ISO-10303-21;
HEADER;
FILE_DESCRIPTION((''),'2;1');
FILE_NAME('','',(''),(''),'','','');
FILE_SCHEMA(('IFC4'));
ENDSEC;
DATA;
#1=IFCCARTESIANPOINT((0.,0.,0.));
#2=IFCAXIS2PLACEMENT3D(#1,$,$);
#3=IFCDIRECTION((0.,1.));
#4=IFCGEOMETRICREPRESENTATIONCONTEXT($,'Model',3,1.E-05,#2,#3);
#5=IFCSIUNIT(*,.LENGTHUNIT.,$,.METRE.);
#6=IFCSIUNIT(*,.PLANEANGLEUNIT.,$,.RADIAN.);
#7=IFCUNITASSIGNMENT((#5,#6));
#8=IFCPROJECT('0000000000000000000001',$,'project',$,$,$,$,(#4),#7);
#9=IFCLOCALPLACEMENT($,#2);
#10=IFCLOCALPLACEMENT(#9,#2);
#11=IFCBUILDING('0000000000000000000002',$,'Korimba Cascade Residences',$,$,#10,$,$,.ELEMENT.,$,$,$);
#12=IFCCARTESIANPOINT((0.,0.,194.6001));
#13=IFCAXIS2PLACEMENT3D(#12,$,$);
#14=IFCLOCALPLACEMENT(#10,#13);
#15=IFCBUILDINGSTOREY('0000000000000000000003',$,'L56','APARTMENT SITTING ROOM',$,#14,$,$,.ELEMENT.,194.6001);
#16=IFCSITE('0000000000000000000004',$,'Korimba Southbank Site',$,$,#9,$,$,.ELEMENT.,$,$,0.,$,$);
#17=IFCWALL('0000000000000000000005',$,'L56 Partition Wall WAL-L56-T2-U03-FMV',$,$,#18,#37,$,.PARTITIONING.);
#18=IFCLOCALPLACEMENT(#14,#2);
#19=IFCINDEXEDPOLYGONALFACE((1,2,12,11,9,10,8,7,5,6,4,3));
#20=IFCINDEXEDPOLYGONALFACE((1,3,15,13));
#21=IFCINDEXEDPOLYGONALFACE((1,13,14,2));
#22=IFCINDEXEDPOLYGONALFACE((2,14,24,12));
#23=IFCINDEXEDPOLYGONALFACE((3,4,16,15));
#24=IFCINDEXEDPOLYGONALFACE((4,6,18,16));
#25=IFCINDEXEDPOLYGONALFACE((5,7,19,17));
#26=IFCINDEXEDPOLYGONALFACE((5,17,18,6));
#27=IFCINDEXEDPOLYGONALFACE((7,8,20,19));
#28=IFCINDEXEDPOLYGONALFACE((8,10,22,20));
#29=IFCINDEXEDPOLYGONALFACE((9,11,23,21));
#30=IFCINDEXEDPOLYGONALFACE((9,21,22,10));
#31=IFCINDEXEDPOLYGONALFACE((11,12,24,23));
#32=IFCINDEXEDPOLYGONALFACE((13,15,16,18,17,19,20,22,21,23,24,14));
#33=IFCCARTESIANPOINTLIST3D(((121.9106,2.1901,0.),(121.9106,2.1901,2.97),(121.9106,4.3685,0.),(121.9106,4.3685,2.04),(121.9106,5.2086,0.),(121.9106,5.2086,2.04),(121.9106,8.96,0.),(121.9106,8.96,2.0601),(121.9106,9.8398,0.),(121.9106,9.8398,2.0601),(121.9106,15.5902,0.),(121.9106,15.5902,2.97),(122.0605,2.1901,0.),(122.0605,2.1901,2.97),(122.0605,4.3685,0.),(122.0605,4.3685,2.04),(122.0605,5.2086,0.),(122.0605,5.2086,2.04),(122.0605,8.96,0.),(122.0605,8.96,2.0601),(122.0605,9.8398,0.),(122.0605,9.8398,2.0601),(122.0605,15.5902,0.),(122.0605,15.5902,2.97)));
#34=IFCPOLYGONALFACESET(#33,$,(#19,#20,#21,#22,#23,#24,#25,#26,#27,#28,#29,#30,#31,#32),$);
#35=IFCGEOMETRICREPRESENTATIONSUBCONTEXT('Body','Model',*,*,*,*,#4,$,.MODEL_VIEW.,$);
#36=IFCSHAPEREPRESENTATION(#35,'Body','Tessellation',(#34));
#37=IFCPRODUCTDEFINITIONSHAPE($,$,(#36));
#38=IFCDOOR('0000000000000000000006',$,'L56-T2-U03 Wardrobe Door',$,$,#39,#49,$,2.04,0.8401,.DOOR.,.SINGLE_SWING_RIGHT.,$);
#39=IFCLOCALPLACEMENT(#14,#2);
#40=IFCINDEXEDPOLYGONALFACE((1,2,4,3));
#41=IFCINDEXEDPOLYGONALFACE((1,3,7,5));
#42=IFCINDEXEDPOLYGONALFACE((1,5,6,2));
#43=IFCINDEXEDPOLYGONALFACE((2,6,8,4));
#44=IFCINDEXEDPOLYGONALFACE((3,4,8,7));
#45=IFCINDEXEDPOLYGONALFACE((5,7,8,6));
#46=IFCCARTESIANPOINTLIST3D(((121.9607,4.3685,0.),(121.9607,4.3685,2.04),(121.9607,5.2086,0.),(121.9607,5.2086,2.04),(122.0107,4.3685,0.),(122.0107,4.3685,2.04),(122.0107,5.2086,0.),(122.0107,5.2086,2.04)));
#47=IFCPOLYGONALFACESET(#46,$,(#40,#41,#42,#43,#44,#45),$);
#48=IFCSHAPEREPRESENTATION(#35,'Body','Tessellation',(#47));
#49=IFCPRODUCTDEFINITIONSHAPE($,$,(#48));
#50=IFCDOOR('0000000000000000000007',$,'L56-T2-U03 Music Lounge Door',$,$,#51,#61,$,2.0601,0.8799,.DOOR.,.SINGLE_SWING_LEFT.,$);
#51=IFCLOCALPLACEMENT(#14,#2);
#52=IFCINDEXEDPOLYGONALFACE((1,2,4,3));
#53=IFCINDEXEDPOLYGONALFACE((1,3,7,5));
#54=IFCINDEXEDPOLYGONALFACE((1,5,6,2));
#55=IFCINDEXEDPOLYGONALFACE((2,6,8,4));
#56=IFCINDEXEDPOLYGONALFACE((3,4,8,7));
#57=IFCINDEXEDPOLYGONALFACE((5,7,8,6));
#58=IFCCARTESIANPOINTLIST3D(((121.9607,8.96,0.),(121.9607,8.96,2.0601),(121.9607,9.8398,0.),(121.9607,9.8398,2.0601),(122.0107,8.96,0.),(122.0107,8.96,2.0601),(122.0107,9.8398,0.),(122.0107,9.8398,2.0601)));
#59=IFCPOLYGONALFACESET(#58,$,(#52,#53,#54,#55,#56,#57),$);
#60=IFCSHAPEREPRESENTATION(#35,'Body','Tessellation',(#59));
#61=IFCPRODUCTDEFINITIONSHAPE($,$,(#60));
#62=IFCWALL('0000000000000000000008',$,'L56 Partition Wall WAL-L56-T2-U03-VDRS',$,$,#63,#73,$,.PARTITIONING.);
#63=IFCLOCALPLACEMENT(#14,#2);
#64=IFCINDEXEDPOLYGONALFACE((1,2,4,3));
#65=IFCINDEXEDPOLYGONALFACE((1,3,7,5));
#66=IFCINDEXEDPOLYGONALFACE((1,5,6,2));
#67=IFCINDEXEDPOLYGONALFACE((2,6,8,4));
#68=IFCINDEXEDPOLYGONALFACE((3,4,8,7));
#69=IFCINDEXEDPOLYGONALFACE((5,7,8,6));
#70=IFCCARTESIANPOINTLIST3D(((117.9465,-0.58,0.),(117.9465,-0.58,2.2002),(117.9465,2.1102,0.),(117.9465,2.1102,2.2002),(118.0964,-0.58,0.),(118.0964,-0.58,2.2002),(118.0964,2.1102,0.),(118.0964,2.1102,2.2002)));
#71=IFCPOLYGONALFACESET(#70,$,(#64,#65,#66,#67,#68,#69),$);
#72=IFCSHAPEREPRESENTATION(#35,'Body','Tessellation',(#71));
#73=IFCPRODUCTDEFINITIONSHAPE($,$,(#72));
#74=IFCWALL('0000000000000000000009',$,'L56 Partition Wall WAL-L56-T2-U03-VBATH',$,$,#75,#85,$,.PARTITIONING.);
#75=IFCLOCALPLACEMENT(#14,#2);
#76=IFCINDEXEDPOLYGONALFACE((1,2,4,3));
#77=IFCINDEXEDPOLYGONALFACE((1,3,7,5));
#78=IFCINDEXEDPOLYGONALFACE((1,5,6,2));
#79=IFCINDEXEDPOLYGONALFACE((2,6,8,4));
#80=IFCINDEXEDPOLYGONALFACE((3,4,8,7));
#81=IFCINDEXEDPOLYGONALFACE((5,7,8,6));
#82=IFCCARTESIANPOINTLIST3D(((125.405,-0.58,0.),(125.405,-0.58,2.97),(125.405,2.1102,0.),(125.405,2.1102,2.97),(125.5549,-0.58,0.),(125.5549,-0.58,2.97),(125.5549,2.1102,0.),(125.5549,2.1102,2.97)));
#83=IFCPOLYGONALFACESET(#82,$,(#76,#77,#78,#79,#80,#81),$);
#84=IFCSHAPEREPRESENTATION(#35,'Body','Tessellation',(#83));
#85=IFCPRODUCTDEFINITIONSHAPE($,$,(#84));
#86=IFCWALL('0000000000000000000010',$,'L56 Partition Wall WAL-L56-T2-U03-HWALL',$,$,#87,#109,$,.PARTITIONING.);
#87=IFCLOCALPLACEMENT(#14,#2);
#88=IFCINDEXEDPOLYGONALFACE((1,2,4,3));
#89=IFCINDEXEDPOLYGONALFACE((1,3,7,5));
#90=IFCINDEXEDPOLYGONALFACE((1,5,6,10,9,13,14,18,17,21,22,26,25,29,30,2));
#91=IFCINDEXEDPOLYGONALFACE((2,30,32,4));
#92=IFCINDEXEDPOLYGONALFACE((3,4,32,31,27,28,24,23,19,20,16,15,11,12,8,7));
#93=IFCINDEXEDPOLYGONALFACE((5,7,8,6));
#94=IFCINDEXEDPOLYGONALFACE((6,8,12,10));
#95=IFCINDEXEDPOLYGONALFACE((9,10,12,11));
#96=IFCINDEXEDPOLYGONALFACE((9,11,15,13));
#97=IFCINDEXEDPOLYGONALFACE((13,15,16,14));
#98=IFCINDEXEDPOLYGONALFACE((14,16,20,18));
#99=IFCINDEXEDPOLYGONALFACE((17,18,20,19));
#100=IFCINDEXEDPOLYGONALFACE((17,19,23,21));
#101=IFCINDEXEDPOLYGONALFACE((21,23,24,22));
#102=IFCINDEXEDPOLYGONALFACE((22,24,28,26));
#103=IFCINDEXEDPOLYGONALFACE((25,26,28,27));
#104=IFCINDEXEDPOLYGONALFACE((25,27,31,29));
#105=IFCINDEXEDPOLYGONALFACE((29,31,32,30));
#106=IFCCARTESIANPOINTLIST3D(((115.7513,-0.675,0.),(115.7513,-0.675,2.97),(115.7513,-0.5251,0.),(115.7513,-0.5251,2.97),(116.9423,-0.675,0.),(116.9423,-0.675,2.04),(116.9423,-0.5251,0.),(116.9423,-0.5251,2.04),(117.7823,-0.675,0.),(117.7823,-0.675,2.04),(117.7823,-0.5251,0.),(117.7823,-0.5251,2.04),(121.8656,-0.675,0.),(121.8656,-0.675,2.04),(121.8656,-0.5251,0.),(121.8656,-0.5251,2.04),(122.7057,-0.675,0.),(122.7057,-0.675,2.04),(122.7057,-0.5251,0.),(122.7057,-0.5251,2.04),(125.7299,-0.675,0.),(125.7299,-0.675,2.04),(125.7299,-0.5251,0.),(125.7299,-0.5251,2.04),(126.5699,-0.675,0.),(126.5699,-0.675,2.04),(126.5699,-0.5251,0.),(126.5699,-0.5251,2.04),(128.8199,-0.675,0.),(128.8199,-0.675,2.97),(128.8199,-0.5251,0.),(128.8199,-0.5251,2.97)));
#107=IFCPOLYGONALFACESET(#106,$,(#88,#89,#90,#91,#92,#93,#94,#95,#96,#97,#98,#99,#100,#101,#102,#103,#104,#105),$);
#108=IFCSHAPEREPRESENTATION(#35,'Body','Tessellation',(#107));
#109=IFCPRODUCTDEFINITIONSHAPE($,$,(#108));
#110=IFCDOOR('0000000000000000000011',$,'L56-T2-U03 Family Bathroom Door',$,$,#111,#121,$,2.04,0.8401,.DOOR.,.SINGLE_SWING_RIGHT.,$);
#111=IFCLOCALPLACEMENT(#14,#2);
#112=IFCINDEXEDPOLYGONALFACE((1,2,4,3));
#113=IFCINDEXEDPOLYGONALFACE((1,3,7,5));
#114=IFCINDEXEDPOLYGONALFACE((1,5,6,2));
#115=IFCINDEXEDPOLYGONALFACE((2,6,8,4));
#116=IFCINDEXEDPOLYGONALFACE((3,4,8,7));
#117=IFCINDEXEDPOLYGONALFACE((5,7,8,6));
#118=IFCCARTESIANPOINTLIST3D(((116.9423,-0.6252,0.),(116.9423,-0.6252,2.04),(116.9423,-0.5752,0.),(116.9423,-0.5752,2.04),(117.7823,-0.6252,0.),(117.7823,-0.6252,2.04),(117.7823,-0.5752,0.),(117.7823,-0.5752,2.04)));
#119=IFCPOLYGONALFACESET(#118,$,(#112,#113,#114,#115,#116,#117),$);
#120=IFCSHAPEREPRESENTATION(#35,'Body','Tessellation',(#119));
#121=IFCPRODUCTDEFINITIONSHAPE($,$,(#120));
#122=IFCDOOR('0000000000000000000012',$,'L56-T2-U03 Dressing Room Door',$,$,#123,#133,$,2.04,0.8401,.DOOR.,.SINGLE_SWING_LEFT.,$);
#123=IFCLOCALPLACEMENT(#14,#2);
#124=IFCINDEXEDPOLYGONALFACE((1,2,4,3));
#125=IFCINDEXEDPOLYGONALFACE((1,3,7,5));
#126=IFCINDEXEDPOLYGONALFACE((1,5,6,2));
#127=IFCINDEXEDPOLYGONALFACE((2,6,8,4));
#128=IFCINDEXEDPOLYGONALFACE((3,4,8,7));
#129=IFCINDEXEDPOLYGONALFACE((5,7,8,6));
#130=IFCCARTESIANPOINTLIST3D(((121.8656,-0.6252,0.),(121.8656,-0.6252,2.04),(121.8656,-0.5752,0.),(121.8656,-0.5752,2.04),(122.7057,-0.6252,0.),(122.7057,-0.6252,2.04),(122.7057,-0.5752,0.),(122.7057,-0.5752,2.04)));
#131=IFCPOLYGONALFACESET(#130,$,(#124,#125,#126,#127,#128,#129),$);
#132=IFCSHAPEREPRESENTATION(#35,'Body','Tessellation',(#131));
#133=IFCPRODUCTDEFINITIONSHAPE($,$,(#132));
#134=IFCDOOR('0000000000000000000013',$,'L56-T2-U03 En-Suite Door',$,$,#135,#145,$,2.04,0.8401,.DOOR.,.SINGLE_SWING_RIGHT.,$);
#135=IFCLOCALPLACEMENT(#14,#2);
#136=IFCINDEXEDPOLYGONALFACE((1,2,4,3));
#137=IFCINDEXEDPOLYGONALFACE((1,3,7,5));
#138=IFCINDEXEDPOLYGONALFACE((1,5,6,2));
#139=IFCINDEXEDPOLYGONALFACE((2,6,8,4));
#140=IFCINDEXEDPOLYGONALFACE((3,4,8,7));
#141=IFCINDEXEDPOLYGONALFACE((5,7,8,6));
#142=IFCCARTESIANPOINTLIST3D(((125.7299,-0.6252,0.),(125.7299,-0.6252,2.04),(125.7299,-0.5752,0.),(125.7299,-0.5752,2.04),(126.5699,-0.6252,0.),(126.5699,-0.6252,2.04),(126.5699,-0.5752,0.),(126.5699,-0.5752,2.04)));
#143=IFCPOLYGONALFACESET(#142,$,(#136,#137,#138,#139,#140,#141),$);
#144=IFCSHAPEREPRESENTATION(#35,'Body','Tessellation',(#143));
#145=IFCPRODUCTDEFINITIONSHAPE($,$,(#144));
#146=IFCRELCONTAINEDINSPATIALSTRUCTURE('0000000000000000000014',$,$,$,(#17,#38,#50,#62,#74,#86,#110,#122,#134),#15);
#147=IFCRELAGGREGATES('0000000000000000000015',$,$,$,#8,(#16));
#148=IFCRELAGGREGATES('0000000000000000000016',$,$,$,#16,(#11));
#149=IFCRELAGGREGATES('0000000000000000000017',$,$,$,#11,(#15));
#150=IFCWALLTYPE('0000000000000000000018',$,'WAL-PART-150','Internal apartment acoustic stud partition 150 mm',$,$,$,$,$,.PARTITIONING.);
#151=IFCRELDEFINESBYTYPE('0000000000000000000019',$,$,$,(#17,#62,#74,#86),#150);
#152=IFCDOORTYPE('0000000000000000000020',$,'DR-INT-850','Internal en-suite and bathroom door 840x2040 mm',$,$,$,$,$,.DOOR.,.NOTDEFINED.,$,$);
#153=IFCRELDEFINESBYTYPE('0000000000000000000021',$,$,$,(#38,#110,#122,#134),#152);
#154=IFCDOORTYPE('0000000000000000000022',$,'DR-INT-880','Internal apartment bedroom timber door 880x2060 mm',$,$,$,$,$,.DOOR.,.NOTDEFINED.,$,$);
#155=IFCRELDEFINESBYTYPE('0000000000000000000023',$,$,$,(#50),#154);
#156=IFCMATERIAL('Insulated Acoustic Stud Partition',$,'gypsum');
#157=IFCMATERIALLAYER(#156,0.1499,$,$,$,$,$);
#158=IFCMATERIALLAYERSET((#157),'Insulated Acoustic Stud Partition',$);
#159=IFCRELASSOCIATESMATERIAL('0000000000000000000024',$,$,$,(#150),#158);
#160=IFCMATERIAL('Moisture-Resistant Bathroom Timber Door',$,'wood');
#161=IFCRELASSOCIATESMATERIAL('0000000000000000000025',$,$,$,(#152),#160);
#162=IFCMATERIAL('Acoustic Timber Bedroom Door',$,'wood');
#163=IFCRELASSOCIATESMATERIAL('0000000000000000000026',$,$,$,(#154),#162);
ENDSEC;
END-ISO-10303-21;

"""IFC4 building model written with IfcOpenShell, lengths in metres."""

from ifc_helpers import new_model, si_unit, direction, frame, frame_2d, origin, place, context, subcontext, project, spatial, rectangle, extrude, material, layer, layer_set, type_object, element, fill, save


model = new_model("IFC4")

# Units and contexts
model_context = context("Model", 3, precision=1e-05, world=origin(), true_north=direction((0.0, 1.0)))
body_context = subcontext(model_context, "Body", "Model", "MODEL_VIEW")
ifc_project = project(units=[si_unit("LENGTHUNIT", "METRE"), si_unit("PLANEANGLEUNIT", "RADIAN")], contexts=[model_context])

# Site, building, storey
site_placement = place(None, origin())
site = spatial("IfcSite", under=ifc_project, at=site_placement, Name="Korimba Southbank Site", CompositionType="ELEMENT", RefElevation=0.0)
building_placement = place(site_placement, origin())
building = spatial("IfcBuilding", under=site, at=building_placement, Name="Korimba Cascade Residences", CompositionType="ELEMENT")
storey_placement = place(building_placement, frame((0.0, 0.0, 194.6001)))
storey = spatial("IfcBuildingStorey", under=building, at=storey_placement, Name="L56", Description="APARTMENT SITTING ROOM", CompositionType="ELEMENT", Elevation=194.6001)

# Wall, openings, doors
ifc_material_1 = material(Name="Insulated Acoustic Stud Partition", Category="gypsum")
ifc_layer_1 = layer(ifc_material_1, 0.1499)
ifc_layer_set_1 = layer_set([ifc_layer_1], Name="Insulated Acoustic Stud Partition")
wall_type_1 = type_object("IfcWallType", Name="WAL-PART-150", Description="Internal apartment acoustic stud partition 150 mm", PredefinedType="PARTITIONING", material=ifc_layer_set_1)
wall_1_placement = place(storey_placement, frame((121.9856, 2.1899, 0.0), z_axis=(0.0, 0.0, 1.0), x_axis=(0.0, 1.0, 0.0)))
wall_1 = element("IfcWall", 1, at=wall_1_placement, inside=storey, type_object=wall_type_1, Name="L56 Partition Wall WAL-L56-T2-U03-FMV", PredefinedType="PARTITIONING", context=body_context, shape_type="SweptSolid", body=[
    extrude(rectangle(XDim=13.4001, YDim=0.1499, at=frame_2d((6.7002, 0.0))), origin(), (0.0, 0.0, 1.0), 2.97),
])
opening_1_placement = place(wall_1_placement, frame((2.1787, 0.0, 0.0)))
opening_1 = element("IfcOpeningElement", 2, at=opening_1_placement, cuts=wall_1, PredefinedType="OPENING", context=body_context, shape_type="SweptSolid", body=[
    extrude(rectangle(XDim=0.8401, YDim=2.04, at=frame_2d((0.4199, 1.02))), frame((0.0, 0.085, 0.0), z_axis=(0.0, -1.0, 0.0), x_axis=(1.0, 0.0, 0.0)), (0.0, 0.0, 1.0), 0.1699),
])
opening_2_placement = place(wall_1_placement, frame((6.77, 0.0, 0.0)))
opening_2 = element("IfcOpeningElement", 3, at=opening_2_placement, cuts=wall_1, PredefinedType="OPENING", context=body_context, shape_type="SweptSolid", body=[
    extrude(rectangle(XDim=0.8799, YDim=2.0601, at=frame_2d((0.4399, 1.03))), frame((0.0, 0.085, 0.0), z_axis=(0.0, -1.0, 0.0), x_axis=(1.0, 0.0, 0.0)), (0.0, 0.0, 1.0), 0.1699),
])
ifc_material_2 = material(Name="Moisture-Resistant Bathroom Timber Door", Category="wood")
door_type_1 = type_object("IfcDoorType", Name="DR-INT-850", Description="Internal en-suite and bathroom door 840x2040 mm", OperationType="NOTDEFINED", PredefinedType="DOOR", material=ifc_material_2)
door_1_placement = place(opening_1_placement, origin())
door_1 = element("IfcDoor", 4, at=door_1_placement, inside=storey, type_object=door_type_1, Name="L56-T2-U03 Wardrobe Door", OperationType="SINGLE_SWING_RIGHT", OverallHeight=2.04, OverallWidth=0.8401, PredefinedType="DOOR", context=body_context, shape_type="SweptSolid", body=[
    extrude(rectangle(XDim=0.8401, YDim=2.04, at=frame_2d((0.4199, 1.02))), frame((0.0, 0.0249, 0.0), z_axis=(0.0, -1.0, 0.0), x_axis=(1.0, 0.0, 0.0)), (0.0, 0.0, 1.0), 0.05),
])
fill(opening_1, door_1)
ifc_material_3 = material(Name="Acoustic Timber Bedroom Door", Category="wood")
door_type_2 = type_object("IfcDoorType", Name="DR-INT-880", Description="Internal apartment bedroom timber door 880x2060 mm", OperationType="NOTDEFINED", PredefinedType="DOOR", material=ifc_material_3)
door_2_placement = place(opening_2_placement, origin())
door_2 = element("IfcDoor", 5, at=door_2_placement, inside=storey, type_object=door_type_2, Name="L56-T2-U03 Music Lounge Door", OperationType="SINGLE_SWING_LEFT", OverallHeight=2.0601, OverallWidth=0.8799, PredefinedType="DOOR", context=body_context, shape_type="SweptSolid", body=[
    extrude(rectangle(XDim=0.8799, YDim=2.0601, at=frame_2d((0.4399, 1.03))), frame((0.0, 0.0249, 0.0), z_axis=(0.0, -1.0, 0.0), x_axis=(1.0, 0.0, 0.0)), (0.0, 0.0, 1.0), 0.05),
])
fill(opening_2, door_2)

# Walls
wall_2_placement = place(storey_placement, frame((118.0215, -0.5801, 0.0), z_axis=(0.0, 0.0, 1.0), x_axis=(0.0, 1.0, 0.0)))
element("IfcWall", 6, at=wall_2_placement, inside=storey, type_object=wall_type_1, Name="L56 Partition Wall WAL-L56-T2-U03-VDRS", PredefinedType="PARTITIONING", context=body_context, shape_type="SweptSolid", body=[
    extrude(rectangle(XDim=2.6902, YDim=0.1499, at=frame_2d((1.3452, 0.0))), origin(), (0.0, 0.0, 1.0), 2.2002),
])
wall_3_placement = place(storey_placement, frame((125.48, -0.5801, 0.0), z_axis=(0.0, 0.0, 1.0), x_axis=(0.0, 1.0, 0.0)))
element("IfcWall", 7, at=wall_3_placement, inside=storey, type_object=wall_type_1, Name="L56 Partition Wall WAL-L56-T2-U03-VBATH", PredefinedType="PARTITIONING", context=body_context, shape_type="SweptSolid", body=[
    extrude(rectangle(XDim=2.6902, YDim=0.1499, at=frame_2d((1.3452, 0.0))), origin(), (0.0, 0.0, 1.0), 2.97),
])

# Wall, openings, doors
wall_4_placement = place(storey_placement, frame((115.7515, -0.6001, 0.0), z_axis=(0.0, 0.0, 1.0), x_axis=(1.0, 0.0, 0.0)))
wall_4 = element("IfcWall", 8, at=wall_4_placement, inside=storey, type_object=wall_type_1, Name="L56 Partition Wall WAL-L56-T2-U03-HWALL", PredefinedType="PARTITIONING", context=body_context, shape_type="SweptSolid", body=[
    extrude(rectangle(XDim=13.0686, YDim=0.1499, at=frame_2d((6.5342, 0.0))), origin(), (0.0, 0.0, 1.0), 2.97),
])
opening_3_placement = place(wall_4_placement, frame((1.1909, 0.0, 0.0)))
opening_3 = element("IfcOpeningElement", 9, at=opening_3_placement, cuts=wall_4, PredefinedType="OPENING", context=body_context, shape_type="SweptSolid", body=[
    extrude(rectangle(XDim=0.8401, YDim=2.04, at=frame_2d((0.4199, 1.02))), frame((0.0, 0.085, 0.0), z_axis=(0.0, -1.0, 0.0), x_axis=(1.0, 0.0, 0.0)), (0.0, 0.0, 1.0), 0.1699),
])
opening_4_placement = place(wall_4_placement, frame((6.1143, 0.0, 0.0)))
opening_4 = element("IfcOpeningElement", 10, at=opening_4_placement, cuts=wall_4, PredefinedType="OPENING", context=body_context, shape_type="SweptSolid", body=[
    extrude(rectangle(XDim=0.8401, YDim=2.04, at=frame_2d((0.4199, 1.02))), frame((0.0, 0.085, 0.0), z_axis=(0.0, -1.0, 0.0), x_axis=(1.0, 0.0, 0.0)), (0.0, 0.0, 1.0), 0.1699),
])
opening_5_placement = place(wall_4_placement, frame((9.9785, 0.0, 0.0)))
opening_5 = element("IfcOpeningElement", 11, at=opening_5_placement, cuts=wall_4, PredefinedType="OPENING", context=body_context, shape_type="SweptSolid", body=[
    extrude(rectangle(XDim=0.8401, YDim=2.04, at=frame_2d((0.4199, 1.02))), frame((0.0, 0.085, 0.0), z_axis=(0.0, -1.0, 0.0), x_axis=(1.0, 0.0, 0.0)), (0.0, 0.0, 1.0), 0.1699),
])
door_3_placement = place(opening_3_placement, origin())
door_3 = element("IfcDoor", 12, at=door_3_placement, inside=storey, type_object=door_type_1, Name="L56-T2-U03 Family Bathroom Door", OperationType="SINGLE_SWING_RIGHT", OverallHeight=2.04, OverallWidth=0.8401, PredefinedType="DOOR", context=body_context, shape_type="SweptSolid", body=[
    extrude(rectangle(XDim=0.8401, YDim=2.04, at=frame_2d((0.4199, 1.02))), frame((0.0, 0.0249, 0.0), z_axis=(0.0, -1.0, 0.0), x_axis=(1.0, 0.0, 0.0)), (0.0, 0.0, 1.0), 0.05),
])
fill(opening_3, door_3)
door_4_placement = place(opening_4_placement, origin())
door_4 = element("IfcDoor", 13, at=door_4_placement, inside=storey, type_object=door_type_1, Name="L56-T2-U03 Dressing Room Door", OperationType="SINGLE_SWING_LEFT", OverallHeight=2.04, OverallWidth=0.8401, PredefinedType="DOOR", context=body_context, shape_type="SweptSolid", body=[
    extrude(rectangle(XDim=0.8401, YDim=2.04, at=frame_2d((0.4199, 1.02))), frame((0.0, 0.0249, 0.0), z_axis=(0.0, -1.0, 0.0), x_axis=(1.0, 0.0, 0.0)), (0.0, 0.0, 1.0), 0.05),
])
fill(opening_4, door_4)
door_5_placement = place(opening_5_placement, origin())
door_5 = element("IfcDoor", 14, at=door_5_placement, inside=storey, type_object=door_type_1, Name="L56-T2-U03 En-Suite Door", OperationType="SINGLE_SWING_RIGHT", OverallHeight=2.04, OverallWidth=0.8401, PredefinedType="DOOR", context=body_context, shape_type="SweptSolid", body=[
    extrude(rectangle(XDim=0.8401, YDim=2.04, at=frame_2d((0.4199, 1.02))), frame((0.0, 0.0249, 0.0), z_axis=(0.0, -1.0, 0.0), x_axis=(1.0, 0.0, 0.0)), (0.0, 0.0, 1.0), 0.05),
])
fill(opening_5, door_5)

save(model, "model.ifc")
